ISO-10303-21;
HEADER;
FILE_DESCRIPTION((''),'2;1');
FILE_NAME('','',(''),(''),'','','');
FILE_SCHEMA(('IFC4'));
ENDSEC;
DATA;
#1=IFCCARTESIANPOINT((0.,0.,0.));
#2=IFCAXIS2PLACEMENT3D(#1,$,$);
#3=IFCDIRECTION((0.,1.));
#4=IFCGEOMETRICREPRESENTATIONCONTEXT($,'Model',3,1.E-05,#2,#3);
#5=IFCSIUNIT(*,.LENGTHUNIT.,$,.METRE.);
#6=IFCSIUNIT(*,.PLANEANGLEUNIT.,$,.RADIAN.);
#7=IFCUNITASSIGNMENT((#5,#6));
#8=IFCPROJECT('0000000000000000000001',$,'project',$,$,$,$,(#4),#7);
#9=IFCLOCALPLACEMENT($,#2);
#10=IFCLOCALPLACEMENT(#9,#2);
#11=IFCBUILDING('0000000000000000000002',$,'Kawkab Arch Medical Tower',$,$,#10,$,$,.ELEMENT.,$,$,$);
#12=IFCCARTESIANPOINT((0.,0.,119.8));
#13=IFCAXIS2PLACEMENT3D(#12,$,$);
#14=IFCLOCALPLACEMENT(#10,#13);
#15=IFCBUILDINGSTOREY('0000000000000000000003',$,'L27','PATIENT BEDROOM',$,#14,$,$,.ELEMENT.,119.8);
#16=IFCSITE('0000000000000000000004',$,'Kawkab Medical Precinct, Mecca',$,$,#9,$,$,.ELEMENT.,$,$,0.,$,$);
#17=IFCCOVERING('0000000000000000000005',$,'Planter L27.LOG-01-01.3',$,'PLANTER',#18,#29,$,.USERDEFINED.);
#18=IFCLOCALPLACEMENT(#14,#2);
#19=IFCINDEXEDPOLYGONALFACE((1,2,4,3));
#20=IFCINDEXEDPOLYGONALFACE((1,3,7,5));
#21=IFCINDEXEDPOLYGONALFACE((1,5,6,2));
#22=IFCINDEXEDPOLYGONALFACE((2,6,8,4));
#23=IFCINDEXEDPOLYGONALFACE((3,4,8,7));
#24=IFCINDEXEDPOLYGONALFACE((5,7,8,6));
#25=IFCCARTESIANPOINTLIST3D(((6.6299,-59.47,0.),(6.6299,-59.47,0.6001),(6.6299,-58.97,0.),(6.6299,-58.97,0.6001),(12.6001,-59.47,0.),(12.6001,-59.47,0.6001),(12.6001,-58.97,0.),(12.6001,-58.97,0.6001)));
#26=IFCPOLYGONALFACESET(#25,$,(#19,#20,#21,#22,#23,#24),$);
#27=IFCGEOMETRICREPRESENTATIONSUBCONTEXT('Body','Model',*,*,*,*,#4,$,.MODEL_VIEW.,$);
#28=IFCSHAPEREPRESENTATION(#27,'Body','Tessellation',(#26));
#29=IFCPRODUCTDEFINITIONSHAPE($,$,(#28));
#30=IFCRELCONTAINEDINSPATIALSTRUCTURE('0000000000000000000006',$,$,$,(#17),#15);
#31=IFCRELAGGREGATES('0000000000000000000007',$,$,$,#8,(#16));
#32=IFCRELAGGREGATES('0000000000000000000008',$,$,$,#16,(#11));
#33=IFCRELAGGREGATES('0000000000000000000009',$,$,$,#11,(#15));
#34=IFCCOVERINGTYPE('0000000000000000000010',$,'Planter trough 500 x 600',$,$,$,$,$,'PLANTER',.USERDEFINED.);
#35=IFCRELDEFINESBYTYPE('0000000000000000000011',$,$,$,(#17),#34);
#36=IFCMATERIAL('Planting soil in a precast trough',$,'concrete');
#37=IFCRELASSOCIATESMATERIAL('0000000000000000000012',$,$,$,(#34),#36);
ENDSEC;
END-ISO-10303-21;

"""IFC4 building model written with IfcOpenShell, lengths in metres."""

from ifc_helpers import new_model, si_unit, direction, frame, origin, origin_2d, place, context, subcontext, project, spatial, rectangle, extrude, material, material_profile, profile_set, type_object, element, save


model = new_model("IFC4")

# Units and contexts
model_context = context("Model", 3, precision=1e-05, world=origin(), true_north=direction((0.0, 1.0)))
body_context = subcontext(model_context, "Body", "Model", "MODEL_VIEW")
ifc_project = project(units=[si_unit("LENGTHUNIT", "METRE"), si_unit("PLANEANGLEUNIT", "RADIAN")], contexts=[model_context])

# Site, building, storey
site_placement = place(None, origin())
site = spatial("IfcSite", under=ifc_project, at=site_placement, Name="Kawkab Medical Precinct, Mecca", CompositionType="ELEMENT", RefElevation=0.0)
building_placement = place(site_placement, origin())
building = spatial("IfcBuilding", under=site, at=building_placement, Name="Kawkab Arch Medical Tower", CompositionType="ELEMENT")
storey_placement = place(building_placement, frame((0.0, 0.0, 119.8)))
storey = spatial("IfcBuildingStorey", under=building, at=storey_placement, Name="L27", Description="PATIENT BEDROOM", CompositionType="ELEMENT", Elevation=119.8)

# Covering
ifc_material_1 = material(Name="Planting soil in a precast trough", Category="concrete")
ifc_material_profile_1 = material_profile(ifc_material_1, rectangle(XDim=0.5, YDim=0.6001, at=origin_2d()), Name="Trough 500x600")
ifc_profile_set_1 = profile_set([ifc_material_profile_1], Name="Planting soil in a precast trough")
covering_type_1 = type_object("IfcCoveringType", Name="Planter trough 500 x 600", ElementType="PLANTER", PredefinedType="USERDEFINED", material=ifc_profile_set_1)
covering_1_placement = place(storey_placement, frame((12.6001, -59.22, 0.3), z_axis=(-1.0, 0.0, 0.0), x_axis=(0.0, -1.0, 0.0)))
element("IfcCovering", 1, at=covering_1_placement, inside=storey, type_object=covering_type_1, Name="Planter L27.LOG-01-01.3", ObjectType="PLANTER", PredefinedType="USERDEFINED", context=body_context, shape_type="SweptSolid", body=[
    extrude(rectangle(XDim=0.5, YDim=0.6001, at=origin_2d()), origin(), (0.0, 0.0, 1.0), 5.9702),
])

save(model, "model.ifc")
